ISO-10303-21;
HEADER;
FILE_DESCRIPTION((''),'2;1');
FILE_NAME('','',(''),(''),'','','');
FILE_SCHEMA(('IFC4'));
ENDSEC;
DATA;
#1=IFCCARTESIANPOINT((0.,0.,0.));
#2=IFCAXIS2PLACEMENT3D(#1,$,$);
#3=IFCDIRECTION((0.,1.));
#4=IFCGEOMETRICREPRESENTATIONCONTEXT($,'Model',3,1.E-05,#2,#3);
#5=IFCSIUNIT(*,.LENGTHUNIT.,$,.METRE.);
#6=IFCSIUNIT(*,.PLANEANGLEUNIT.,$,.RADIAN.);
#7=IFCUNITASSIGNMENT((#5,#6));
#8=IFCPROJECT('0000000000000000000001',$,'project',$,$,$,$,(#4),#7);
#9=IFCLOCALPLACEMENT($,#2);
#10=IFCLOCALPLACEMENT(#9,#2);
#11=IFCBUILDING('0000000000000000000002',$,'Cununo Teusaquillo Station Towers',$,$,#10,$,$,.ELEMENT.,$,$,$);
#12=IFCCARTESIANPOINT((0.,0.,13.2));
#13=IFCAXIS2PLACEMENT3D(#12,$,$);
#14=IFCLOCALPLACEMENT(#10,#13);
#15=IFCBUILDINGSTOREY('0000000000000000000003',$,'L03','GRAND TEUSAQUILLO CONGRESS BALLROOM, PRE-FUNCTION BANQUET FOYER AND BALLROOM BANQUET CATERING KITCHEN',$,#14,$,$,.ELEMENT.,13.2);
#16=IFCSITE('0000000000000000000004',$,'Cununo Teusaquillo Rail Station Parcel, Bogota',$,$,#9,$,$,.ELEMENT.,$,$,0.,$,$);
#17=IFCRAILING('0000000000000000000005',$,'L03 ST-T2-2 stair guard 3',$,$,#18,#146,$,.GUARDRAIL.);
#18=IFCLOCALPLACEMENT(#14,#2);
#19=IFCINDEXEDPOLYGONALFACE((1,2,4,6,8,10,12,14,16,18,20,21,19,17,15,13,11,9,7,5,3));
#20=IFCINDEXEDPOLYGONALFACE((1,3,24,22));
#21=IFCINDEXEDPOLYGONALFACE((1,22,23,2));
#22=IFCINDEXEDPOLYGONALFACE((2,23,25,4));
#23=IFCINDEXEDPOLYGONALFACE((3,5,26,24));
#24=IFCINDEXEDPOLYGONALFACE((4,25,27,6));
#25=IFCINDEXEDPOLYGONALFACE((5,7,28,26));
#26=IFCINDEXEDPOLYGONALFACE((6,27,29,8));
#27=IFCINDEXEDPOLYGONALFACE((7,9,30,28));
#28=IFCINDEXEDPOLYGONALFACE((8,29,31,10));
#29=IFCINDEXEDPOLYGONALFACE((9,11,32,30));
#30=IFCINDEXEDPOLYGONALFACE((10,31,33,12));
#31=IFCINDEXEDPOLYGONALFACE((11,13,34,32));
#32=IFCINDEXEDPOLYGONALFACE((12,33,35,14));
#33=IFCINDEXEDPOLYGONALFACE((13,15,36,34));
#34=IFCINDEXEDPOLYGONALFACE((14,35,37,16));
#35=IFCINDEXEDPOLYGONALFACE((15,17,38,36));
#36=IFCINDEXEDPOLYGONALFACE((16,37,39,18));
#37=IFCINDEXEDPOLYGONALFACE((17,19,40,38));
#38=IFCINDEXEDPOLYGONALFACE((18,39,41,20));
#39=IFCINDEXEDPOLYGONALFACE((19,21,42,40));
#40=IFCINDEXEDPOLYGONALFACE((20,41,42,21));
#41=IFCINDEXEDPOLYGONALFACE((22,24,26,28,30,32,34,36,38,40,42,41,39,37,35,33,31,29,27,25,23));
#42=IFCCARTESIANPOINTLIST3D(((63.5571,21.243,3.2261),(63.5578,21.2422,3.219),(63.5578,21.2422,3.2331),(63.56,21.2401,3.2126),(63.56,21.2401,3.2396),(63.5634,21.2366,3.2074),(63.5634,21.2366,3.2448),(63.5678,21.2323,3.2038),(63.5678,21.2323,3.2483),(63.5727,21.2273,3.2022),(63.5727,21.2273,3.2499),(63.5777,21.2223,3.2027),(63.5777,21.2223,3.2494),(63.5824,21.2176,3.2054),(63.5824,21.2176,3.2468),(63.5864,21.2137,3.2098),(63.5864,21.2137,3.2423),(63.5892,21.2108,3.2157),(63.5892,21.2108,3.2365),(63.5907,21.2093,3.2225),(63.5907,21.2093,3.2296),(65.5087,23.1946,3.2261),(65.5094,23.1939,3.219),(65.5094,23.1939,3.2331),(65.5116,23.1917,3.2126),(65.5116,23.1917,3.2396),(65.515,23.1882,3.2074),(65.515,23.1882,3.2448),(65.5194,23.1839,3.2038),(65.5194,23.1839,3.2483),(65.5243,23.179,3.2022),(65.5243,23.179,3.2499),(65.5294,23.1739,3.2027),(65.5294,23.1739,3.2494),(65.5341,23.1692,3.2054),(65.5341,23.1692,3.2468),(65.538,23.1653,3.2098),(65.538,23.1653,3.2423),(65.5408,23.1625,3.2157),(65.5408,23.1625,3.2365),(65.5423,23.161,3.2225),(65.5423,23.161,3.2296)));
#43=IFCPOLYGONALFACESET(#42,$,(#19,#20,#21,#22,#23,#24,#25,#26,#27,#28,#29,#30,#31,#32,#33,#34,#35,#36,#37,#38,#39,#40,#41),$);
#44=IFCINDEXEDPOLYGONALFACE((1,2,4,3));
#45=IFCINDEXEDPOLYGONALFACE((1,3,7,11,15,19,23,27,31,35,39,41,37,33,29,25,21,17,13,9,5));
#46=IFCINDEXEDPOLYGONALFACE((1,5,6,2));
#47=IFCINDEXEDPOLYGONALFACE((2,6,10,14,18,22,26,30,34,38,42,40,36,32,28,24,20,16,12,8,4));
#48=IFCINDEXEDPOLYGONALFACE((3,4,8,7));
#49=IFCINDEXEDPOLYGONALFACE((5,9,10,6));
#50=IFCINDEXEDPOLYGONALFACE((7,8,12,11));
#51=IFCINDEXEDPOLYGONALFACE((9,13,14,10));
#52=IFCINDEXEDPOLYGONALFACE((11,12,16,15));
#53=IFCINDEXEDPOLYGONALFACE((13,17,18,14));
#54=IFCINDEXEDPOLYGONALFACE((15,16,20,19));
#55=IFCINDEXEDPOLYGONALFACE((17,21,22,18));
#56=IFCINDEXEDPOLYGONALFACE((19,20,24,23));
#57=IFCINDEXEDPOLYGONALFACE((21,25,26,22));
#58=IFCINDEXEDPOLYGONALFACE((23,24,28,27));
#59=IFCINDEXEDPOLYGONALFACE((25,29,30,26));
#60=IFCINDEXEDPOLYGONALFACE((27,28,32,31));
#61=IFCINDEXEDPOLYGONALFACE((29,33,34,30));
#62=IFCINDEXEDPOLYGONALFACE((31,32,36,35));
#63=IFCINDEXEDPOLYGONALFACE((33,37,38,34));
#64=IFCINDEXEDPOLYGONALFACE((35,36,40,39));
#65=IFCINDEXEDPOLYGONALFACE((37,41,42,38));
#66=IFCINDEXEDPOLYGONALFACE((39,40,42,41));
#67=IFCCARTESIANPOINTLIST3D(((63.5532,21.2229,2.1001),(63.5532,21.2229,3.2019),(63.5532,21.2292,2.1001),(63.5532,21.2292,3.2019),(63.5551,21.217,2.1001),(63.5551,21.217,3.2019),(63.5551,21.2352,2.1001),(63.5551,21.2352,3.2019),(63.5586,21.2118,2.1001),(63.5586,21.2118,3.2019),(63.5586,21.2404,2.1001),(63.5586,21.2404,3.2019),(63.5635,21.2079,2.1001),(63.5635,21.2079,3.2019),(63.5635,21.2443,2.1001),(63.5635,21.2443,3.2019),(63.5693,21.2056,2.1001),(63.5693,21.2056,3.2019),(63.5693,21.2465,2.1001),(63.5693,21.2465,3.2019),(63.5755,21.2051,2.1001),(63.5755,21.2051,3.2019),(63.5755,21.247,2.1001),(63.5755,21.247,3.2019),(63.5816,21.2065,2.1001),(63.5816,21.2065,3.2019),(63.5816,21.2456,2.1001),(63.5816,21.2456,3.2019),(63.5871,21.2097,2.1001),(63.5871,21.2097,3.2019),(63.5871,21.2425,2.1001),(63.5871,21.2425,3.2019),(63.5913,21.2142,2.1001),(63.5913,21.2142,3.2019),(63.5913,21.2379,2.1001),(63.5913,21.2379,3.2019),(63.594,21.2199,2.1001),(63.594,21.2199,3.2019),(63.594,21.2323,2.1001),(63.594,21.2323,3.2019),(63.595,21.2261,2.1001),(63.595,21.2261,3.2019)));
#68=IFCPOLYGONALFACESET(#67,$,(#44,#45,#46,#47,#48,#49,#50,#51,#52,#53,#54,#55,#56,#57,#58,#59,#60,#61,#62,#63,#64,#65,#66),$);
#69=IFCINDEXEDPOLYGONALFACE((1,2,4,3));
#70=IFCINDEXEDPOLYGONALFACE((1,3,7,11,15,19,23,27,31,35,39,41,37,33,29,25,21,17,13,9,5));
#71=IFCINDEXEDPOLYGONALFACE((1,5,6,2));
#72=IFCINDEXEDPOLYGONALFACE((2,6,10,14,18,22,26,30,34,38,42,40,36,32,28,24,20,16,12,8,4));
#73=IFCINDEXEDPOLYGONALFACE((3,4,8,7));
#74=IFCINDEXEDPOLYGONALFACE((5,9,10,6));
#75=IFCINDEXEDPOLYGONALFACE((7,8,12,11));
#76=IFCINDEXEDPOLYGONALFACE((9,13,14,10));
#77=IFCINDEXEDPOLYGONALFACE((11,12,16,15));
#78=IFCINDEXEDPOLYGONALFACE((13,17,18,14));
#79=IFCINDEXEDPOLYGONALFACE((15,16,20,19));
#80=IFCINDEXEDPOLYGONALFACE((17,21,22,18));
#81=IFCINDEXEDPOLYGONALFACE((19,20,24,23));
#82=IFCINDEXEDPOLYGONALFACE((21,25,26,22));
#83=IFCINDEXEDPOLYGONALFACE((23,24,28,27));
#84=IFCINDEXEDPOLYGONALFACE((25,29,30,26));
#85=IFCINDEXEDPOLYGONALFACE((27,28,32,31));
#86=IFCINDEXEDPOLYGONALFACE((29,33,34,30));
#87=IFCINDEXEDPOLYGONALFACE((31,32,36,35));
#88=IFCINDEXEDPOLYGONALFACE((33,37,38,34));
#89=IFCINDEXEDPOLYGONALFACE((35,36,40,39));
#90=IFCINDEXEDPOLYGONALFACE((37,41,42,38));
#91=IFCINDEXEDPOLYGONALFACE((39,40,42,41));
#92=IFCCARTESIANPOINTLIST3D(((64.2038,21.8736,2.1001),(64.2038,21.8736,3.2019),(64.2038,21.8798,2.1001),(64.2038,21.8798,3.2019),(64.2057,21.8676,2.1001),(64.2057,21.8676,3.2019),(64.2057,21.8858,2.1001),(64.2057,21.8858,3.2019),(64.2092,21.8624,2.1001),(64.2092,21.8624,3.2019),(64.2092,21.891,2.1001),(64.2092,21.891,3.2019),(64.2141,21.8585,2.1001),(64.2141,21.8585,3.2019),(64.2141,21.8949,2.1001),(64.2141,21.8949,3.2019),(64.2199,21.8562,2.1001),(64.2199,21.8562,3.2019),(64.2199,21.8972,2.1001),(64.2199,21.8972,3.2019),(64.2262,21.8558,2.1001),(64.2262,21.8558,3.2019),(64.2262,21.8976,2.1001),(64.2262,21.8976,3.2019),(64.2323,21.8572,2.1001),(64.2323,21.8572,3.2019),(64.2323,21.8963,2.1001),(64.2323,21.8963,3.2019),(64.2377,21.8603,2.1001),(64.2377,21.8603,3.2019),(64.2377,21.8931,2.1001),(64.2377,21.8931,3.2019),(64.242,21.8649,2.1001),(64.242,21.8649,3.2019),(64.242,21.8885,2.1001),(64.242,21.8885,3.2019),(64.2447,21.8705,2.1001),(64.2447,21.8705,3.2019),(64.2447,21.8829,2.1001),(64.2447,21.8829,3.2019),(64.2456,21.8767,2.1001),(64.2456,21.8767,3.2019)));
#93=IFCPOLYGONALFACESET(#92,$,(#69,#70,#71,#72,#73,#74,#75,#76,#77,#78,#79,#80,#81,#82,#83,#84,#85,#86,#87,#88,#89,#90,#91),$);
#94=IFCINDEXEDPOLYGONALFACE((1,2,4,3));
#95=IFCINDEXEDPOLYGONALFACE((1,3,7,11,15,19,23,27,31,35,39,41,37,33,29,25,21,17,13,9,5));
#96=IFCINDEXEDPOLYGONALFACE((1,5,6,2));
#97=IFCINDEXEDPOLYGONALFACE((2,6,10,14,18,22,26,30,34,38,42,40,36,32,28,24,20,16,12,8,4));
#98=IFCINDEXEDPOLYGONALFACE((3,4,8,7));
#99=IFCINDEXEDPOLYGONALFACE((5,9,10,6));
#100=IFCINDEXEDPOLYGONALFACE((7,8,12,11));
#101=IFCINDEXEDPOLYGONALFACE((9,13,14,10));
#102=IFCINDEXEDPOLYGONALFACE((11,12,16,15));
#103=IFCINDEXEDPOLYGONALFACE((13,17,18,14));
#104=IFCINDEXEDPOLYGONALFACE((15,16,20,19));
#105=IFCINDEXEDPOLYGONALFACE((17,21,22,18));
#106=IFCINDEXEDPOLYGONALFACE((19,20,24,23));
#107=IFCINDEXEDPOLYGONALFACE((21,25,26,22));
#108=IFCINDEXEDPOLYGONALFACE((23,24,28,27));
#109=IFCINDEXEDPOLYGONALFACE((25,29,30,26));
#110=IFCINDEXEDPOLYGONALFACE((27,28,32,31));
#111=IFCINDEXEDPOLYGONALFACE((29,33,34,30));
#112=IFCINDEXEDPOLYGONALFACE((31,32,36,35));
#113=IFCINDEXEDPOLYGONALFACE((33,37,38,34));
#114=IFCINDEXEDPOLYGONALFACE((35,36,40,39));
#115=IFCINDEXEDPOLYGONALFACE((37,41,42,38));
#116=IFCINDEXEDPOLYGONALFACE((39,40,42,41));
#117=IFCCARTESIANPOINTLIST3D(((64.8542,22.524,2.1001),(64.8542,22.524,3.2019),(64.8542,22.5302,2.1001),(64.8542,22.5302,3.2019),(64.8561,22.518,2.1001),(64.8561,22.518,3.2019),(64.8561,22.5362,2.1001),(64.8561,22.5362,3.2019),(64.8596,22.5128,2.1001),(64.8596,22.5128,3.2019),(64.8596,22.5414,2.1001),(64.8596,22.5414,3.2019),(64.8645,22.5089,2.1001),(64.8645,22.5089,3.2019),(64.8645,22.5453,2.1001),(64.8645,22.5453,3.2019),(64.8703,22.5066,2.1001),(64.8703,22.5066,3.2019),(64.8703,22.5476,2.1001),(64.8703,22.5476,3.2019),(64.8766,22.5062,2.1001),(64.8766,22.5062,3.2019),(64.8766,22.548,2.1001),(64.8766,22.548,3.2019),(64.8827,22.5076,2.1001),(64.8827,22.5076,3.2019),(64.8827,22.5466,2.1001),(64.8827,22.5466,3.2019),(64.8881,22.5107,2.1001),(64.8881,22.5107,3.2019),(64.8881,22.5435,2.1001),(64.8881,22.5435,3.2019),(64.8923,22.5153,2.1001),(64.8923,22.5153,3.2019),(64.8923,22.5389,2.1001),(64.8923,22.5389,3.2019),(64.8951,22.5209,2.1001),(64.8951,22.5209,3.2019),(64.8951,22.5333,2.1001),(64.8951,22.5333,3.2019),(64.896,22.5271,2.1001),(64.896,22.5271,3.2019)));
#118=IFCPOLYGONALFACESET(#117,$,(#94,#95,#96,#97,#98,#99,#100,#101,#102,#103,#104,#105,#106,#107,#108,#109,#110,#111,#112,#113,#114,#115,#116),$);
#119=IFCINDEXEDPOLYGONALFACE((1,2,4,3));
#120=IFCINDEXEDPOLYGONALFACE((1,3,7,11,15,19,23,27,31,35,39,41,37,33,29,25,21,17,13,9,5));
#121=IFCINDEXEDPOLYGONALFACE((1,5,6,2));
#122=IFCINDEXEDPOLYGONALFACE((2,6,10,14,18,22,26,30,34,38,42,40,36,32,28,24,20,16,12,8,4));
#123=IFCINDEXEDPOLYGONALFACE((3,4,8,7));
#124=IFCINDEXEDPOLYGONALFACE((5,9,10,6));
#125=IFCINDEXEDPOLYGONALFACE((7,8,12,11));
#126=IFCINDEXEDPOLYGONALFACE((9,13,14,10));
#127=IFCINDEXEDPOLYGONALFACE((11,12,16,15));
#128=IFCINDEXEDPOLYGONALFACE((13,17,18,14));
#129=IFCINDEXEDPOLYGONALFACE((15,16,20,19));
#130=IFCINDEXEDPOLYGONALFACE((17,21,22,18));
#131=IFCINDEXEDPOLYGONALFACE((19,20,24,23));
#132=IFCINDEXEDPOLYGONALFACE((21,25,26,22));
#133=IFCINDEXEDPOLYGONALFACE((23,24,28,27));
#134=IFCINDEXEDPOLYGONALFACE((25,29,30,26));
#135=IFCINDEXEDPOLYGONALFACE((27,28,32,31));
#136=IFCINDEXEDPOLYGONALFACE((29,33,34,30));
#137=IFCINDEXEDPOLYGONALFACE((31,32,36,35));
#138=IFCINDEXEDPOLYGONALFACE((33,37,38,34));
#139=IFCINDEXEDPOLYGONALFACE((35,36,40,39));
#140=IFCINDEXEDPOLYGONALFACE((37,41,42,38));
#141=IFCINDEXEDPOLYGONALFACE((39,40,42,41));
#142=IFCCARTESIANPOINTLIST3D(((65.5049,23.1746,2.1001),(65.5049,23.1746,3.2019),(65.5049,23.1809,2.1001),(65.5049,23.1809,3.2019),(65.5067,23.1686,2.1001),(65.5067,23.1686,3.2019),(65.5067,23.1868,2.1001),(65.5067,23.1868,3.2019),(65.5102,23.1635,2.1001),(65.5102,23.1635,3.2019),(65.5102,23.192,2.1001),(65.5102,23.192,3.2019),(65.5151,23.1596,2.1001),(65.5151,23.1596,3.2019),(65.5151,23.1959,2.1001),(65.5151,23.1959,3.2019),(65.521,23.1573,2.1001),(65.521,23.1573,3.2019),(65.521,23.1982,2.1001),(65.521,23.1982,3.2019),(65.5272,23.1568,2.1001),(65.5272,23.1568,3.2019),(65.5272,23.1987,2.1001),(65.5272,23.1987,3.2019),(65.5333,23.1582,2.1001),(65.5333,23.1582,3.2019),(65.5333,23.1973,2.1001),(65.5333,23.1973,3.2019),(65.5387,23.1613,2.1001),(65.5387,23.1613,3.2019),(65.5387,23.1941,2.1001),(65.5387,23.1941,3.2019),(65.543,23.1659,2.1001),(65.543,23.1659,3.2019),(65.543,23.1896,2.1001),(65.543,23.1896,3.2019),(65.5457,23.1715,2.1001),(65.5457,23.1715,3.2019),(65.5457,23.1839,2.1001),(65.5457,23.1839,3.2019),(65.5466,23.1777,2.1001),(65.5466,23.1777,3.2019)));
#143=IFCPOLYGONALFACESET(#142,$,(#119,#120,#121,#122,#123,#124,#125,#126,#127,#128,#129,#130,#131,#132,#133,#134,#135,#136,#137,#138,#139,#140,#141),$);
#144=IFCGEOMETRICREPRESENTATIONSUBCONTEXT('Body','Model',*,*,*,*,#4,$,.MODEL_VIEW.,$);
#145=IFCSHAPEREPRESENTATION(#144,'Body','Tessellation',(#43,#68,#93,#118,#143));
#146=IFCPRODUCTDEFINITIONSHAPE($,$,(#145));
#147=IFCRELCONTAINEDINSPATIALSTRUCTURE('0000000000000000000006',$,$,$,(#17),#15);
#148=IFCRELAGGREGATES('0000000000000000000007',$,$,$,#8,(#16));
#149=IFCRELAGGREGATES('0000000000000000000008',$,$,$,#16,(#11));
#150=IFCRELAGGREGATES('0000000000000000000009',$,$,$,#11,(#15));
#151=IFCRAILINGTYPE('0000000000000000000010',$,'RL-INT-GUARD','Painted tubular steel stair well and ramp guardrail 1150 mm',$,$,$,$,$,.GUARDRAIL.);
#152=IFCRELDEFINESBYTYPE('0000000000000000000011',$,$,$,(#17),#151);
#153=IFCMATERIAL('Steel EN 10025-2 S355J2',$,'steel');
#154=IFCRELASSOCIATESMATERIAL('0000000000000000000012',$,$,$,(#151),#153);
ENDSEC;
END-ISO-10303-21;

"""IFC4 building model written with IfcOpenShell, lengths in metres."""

from ifc_helpers import new_model, si_unit, direction, frame, origin, origin_2d, place, context, subcontext, project, spatial, circle, extrude, material, type_object, element, save


model = new_model("IFC4")

# Units and contexts
model_context = context("Model", 3, precision=1e-05, world=origin(), true_north=direction((0.0, 1.0)))
body_context = subcontext(model_context, "Body", "Model", "MODEL_VIEW")
ifc_project = project(units=[si_unit("LENGTHUNIT", "METRE"), si_unit("PLANEANGLEUNIT", "RADIAN")], contexts=[model_context])

# Site, building, storey
site_placement = place(None, origin())
site = spatial("IfcSite", under=ifc_project, at=site_placement, Name="Cununo Teusaquillo Rail Station Parcel, Bogota", CompositionType="ELEMENT", RefElevation=0.0)
building_placement = place(site_placement, origin())
building = spatial("IfcBuilding", under=site, at=building_placement, Name="Cununo Teusaquillo Station Towers", CompositionType="ELEMENT")
storey_placement = place(building_placement, frame((0.0, 0.0, 13.2)))
storey = spatial("IfcBuildingStorey", under=building, at=storey_placement, Name="L03", Description="GRAND TEUSAQUILLO CONGRESS BALLROOM, PRE-FUNCTION BANQUET FOYER AND BALLROOM BANQUET CATERING KITCHEN", CompositionType="ELEMENT", Elevation=13.2)

# Railing
ifc_material_1 = material(Name="Steel EN 10025-2 S355J2", Category="steel")
railing_type_1 = type_object("IfcRailingType", Name="RL-INT-GUARD", Description="Painted tubular steel stair well and ramp guardrail 1150 mm", PredefinedType="GUARDRAIL", material=ifc_material_1)
railing_1_placement = place(storey_placement, frame((63.574, 21.2261, 2.1001)))
element("IfcRailing", 1, at=railing_1_placement, inside=storey, type_object=railing_type_1, Name="L03 ST-T2-2 stair guard 3", PredefinedType="GUARDRAIL", context=body_context, shape_type="SweptSolid", body=[
    extrude(circle(Radius=0.0239, at=origin_2d()), frame((0.0, 0.0, 1.126), z_axis=(0.707107, 0.707107, 0.0), x_axis=(-0.707107, 0.707107, 0.0)), (0.0, 0.0, 1.0), 2.76),
    extrude(circle(Radius=0.021, at=origin_2d()), origin(), (0.0, 0.0, 1.0), 1.1018),
    extrude(circle(Radius=0.021, at=origin_2d()), frame((0.6506, 0.6506, 0.0)), (0.0, 0.0, 1.0), 1.1018),
    extrude(circle(Radius=0.021, at=origin_2d()), frame((1.301, 1.301, 0.0)), (0.0, 0.0, 1.0), 1.1018),
    extrude(circle(Radius=0.021, at=origin_2d()), frame((1.9517, 1.9517, 0.0)), (0.0, 0.0, 1.0), 1.1018),
])

save(model, "model.ifc")
